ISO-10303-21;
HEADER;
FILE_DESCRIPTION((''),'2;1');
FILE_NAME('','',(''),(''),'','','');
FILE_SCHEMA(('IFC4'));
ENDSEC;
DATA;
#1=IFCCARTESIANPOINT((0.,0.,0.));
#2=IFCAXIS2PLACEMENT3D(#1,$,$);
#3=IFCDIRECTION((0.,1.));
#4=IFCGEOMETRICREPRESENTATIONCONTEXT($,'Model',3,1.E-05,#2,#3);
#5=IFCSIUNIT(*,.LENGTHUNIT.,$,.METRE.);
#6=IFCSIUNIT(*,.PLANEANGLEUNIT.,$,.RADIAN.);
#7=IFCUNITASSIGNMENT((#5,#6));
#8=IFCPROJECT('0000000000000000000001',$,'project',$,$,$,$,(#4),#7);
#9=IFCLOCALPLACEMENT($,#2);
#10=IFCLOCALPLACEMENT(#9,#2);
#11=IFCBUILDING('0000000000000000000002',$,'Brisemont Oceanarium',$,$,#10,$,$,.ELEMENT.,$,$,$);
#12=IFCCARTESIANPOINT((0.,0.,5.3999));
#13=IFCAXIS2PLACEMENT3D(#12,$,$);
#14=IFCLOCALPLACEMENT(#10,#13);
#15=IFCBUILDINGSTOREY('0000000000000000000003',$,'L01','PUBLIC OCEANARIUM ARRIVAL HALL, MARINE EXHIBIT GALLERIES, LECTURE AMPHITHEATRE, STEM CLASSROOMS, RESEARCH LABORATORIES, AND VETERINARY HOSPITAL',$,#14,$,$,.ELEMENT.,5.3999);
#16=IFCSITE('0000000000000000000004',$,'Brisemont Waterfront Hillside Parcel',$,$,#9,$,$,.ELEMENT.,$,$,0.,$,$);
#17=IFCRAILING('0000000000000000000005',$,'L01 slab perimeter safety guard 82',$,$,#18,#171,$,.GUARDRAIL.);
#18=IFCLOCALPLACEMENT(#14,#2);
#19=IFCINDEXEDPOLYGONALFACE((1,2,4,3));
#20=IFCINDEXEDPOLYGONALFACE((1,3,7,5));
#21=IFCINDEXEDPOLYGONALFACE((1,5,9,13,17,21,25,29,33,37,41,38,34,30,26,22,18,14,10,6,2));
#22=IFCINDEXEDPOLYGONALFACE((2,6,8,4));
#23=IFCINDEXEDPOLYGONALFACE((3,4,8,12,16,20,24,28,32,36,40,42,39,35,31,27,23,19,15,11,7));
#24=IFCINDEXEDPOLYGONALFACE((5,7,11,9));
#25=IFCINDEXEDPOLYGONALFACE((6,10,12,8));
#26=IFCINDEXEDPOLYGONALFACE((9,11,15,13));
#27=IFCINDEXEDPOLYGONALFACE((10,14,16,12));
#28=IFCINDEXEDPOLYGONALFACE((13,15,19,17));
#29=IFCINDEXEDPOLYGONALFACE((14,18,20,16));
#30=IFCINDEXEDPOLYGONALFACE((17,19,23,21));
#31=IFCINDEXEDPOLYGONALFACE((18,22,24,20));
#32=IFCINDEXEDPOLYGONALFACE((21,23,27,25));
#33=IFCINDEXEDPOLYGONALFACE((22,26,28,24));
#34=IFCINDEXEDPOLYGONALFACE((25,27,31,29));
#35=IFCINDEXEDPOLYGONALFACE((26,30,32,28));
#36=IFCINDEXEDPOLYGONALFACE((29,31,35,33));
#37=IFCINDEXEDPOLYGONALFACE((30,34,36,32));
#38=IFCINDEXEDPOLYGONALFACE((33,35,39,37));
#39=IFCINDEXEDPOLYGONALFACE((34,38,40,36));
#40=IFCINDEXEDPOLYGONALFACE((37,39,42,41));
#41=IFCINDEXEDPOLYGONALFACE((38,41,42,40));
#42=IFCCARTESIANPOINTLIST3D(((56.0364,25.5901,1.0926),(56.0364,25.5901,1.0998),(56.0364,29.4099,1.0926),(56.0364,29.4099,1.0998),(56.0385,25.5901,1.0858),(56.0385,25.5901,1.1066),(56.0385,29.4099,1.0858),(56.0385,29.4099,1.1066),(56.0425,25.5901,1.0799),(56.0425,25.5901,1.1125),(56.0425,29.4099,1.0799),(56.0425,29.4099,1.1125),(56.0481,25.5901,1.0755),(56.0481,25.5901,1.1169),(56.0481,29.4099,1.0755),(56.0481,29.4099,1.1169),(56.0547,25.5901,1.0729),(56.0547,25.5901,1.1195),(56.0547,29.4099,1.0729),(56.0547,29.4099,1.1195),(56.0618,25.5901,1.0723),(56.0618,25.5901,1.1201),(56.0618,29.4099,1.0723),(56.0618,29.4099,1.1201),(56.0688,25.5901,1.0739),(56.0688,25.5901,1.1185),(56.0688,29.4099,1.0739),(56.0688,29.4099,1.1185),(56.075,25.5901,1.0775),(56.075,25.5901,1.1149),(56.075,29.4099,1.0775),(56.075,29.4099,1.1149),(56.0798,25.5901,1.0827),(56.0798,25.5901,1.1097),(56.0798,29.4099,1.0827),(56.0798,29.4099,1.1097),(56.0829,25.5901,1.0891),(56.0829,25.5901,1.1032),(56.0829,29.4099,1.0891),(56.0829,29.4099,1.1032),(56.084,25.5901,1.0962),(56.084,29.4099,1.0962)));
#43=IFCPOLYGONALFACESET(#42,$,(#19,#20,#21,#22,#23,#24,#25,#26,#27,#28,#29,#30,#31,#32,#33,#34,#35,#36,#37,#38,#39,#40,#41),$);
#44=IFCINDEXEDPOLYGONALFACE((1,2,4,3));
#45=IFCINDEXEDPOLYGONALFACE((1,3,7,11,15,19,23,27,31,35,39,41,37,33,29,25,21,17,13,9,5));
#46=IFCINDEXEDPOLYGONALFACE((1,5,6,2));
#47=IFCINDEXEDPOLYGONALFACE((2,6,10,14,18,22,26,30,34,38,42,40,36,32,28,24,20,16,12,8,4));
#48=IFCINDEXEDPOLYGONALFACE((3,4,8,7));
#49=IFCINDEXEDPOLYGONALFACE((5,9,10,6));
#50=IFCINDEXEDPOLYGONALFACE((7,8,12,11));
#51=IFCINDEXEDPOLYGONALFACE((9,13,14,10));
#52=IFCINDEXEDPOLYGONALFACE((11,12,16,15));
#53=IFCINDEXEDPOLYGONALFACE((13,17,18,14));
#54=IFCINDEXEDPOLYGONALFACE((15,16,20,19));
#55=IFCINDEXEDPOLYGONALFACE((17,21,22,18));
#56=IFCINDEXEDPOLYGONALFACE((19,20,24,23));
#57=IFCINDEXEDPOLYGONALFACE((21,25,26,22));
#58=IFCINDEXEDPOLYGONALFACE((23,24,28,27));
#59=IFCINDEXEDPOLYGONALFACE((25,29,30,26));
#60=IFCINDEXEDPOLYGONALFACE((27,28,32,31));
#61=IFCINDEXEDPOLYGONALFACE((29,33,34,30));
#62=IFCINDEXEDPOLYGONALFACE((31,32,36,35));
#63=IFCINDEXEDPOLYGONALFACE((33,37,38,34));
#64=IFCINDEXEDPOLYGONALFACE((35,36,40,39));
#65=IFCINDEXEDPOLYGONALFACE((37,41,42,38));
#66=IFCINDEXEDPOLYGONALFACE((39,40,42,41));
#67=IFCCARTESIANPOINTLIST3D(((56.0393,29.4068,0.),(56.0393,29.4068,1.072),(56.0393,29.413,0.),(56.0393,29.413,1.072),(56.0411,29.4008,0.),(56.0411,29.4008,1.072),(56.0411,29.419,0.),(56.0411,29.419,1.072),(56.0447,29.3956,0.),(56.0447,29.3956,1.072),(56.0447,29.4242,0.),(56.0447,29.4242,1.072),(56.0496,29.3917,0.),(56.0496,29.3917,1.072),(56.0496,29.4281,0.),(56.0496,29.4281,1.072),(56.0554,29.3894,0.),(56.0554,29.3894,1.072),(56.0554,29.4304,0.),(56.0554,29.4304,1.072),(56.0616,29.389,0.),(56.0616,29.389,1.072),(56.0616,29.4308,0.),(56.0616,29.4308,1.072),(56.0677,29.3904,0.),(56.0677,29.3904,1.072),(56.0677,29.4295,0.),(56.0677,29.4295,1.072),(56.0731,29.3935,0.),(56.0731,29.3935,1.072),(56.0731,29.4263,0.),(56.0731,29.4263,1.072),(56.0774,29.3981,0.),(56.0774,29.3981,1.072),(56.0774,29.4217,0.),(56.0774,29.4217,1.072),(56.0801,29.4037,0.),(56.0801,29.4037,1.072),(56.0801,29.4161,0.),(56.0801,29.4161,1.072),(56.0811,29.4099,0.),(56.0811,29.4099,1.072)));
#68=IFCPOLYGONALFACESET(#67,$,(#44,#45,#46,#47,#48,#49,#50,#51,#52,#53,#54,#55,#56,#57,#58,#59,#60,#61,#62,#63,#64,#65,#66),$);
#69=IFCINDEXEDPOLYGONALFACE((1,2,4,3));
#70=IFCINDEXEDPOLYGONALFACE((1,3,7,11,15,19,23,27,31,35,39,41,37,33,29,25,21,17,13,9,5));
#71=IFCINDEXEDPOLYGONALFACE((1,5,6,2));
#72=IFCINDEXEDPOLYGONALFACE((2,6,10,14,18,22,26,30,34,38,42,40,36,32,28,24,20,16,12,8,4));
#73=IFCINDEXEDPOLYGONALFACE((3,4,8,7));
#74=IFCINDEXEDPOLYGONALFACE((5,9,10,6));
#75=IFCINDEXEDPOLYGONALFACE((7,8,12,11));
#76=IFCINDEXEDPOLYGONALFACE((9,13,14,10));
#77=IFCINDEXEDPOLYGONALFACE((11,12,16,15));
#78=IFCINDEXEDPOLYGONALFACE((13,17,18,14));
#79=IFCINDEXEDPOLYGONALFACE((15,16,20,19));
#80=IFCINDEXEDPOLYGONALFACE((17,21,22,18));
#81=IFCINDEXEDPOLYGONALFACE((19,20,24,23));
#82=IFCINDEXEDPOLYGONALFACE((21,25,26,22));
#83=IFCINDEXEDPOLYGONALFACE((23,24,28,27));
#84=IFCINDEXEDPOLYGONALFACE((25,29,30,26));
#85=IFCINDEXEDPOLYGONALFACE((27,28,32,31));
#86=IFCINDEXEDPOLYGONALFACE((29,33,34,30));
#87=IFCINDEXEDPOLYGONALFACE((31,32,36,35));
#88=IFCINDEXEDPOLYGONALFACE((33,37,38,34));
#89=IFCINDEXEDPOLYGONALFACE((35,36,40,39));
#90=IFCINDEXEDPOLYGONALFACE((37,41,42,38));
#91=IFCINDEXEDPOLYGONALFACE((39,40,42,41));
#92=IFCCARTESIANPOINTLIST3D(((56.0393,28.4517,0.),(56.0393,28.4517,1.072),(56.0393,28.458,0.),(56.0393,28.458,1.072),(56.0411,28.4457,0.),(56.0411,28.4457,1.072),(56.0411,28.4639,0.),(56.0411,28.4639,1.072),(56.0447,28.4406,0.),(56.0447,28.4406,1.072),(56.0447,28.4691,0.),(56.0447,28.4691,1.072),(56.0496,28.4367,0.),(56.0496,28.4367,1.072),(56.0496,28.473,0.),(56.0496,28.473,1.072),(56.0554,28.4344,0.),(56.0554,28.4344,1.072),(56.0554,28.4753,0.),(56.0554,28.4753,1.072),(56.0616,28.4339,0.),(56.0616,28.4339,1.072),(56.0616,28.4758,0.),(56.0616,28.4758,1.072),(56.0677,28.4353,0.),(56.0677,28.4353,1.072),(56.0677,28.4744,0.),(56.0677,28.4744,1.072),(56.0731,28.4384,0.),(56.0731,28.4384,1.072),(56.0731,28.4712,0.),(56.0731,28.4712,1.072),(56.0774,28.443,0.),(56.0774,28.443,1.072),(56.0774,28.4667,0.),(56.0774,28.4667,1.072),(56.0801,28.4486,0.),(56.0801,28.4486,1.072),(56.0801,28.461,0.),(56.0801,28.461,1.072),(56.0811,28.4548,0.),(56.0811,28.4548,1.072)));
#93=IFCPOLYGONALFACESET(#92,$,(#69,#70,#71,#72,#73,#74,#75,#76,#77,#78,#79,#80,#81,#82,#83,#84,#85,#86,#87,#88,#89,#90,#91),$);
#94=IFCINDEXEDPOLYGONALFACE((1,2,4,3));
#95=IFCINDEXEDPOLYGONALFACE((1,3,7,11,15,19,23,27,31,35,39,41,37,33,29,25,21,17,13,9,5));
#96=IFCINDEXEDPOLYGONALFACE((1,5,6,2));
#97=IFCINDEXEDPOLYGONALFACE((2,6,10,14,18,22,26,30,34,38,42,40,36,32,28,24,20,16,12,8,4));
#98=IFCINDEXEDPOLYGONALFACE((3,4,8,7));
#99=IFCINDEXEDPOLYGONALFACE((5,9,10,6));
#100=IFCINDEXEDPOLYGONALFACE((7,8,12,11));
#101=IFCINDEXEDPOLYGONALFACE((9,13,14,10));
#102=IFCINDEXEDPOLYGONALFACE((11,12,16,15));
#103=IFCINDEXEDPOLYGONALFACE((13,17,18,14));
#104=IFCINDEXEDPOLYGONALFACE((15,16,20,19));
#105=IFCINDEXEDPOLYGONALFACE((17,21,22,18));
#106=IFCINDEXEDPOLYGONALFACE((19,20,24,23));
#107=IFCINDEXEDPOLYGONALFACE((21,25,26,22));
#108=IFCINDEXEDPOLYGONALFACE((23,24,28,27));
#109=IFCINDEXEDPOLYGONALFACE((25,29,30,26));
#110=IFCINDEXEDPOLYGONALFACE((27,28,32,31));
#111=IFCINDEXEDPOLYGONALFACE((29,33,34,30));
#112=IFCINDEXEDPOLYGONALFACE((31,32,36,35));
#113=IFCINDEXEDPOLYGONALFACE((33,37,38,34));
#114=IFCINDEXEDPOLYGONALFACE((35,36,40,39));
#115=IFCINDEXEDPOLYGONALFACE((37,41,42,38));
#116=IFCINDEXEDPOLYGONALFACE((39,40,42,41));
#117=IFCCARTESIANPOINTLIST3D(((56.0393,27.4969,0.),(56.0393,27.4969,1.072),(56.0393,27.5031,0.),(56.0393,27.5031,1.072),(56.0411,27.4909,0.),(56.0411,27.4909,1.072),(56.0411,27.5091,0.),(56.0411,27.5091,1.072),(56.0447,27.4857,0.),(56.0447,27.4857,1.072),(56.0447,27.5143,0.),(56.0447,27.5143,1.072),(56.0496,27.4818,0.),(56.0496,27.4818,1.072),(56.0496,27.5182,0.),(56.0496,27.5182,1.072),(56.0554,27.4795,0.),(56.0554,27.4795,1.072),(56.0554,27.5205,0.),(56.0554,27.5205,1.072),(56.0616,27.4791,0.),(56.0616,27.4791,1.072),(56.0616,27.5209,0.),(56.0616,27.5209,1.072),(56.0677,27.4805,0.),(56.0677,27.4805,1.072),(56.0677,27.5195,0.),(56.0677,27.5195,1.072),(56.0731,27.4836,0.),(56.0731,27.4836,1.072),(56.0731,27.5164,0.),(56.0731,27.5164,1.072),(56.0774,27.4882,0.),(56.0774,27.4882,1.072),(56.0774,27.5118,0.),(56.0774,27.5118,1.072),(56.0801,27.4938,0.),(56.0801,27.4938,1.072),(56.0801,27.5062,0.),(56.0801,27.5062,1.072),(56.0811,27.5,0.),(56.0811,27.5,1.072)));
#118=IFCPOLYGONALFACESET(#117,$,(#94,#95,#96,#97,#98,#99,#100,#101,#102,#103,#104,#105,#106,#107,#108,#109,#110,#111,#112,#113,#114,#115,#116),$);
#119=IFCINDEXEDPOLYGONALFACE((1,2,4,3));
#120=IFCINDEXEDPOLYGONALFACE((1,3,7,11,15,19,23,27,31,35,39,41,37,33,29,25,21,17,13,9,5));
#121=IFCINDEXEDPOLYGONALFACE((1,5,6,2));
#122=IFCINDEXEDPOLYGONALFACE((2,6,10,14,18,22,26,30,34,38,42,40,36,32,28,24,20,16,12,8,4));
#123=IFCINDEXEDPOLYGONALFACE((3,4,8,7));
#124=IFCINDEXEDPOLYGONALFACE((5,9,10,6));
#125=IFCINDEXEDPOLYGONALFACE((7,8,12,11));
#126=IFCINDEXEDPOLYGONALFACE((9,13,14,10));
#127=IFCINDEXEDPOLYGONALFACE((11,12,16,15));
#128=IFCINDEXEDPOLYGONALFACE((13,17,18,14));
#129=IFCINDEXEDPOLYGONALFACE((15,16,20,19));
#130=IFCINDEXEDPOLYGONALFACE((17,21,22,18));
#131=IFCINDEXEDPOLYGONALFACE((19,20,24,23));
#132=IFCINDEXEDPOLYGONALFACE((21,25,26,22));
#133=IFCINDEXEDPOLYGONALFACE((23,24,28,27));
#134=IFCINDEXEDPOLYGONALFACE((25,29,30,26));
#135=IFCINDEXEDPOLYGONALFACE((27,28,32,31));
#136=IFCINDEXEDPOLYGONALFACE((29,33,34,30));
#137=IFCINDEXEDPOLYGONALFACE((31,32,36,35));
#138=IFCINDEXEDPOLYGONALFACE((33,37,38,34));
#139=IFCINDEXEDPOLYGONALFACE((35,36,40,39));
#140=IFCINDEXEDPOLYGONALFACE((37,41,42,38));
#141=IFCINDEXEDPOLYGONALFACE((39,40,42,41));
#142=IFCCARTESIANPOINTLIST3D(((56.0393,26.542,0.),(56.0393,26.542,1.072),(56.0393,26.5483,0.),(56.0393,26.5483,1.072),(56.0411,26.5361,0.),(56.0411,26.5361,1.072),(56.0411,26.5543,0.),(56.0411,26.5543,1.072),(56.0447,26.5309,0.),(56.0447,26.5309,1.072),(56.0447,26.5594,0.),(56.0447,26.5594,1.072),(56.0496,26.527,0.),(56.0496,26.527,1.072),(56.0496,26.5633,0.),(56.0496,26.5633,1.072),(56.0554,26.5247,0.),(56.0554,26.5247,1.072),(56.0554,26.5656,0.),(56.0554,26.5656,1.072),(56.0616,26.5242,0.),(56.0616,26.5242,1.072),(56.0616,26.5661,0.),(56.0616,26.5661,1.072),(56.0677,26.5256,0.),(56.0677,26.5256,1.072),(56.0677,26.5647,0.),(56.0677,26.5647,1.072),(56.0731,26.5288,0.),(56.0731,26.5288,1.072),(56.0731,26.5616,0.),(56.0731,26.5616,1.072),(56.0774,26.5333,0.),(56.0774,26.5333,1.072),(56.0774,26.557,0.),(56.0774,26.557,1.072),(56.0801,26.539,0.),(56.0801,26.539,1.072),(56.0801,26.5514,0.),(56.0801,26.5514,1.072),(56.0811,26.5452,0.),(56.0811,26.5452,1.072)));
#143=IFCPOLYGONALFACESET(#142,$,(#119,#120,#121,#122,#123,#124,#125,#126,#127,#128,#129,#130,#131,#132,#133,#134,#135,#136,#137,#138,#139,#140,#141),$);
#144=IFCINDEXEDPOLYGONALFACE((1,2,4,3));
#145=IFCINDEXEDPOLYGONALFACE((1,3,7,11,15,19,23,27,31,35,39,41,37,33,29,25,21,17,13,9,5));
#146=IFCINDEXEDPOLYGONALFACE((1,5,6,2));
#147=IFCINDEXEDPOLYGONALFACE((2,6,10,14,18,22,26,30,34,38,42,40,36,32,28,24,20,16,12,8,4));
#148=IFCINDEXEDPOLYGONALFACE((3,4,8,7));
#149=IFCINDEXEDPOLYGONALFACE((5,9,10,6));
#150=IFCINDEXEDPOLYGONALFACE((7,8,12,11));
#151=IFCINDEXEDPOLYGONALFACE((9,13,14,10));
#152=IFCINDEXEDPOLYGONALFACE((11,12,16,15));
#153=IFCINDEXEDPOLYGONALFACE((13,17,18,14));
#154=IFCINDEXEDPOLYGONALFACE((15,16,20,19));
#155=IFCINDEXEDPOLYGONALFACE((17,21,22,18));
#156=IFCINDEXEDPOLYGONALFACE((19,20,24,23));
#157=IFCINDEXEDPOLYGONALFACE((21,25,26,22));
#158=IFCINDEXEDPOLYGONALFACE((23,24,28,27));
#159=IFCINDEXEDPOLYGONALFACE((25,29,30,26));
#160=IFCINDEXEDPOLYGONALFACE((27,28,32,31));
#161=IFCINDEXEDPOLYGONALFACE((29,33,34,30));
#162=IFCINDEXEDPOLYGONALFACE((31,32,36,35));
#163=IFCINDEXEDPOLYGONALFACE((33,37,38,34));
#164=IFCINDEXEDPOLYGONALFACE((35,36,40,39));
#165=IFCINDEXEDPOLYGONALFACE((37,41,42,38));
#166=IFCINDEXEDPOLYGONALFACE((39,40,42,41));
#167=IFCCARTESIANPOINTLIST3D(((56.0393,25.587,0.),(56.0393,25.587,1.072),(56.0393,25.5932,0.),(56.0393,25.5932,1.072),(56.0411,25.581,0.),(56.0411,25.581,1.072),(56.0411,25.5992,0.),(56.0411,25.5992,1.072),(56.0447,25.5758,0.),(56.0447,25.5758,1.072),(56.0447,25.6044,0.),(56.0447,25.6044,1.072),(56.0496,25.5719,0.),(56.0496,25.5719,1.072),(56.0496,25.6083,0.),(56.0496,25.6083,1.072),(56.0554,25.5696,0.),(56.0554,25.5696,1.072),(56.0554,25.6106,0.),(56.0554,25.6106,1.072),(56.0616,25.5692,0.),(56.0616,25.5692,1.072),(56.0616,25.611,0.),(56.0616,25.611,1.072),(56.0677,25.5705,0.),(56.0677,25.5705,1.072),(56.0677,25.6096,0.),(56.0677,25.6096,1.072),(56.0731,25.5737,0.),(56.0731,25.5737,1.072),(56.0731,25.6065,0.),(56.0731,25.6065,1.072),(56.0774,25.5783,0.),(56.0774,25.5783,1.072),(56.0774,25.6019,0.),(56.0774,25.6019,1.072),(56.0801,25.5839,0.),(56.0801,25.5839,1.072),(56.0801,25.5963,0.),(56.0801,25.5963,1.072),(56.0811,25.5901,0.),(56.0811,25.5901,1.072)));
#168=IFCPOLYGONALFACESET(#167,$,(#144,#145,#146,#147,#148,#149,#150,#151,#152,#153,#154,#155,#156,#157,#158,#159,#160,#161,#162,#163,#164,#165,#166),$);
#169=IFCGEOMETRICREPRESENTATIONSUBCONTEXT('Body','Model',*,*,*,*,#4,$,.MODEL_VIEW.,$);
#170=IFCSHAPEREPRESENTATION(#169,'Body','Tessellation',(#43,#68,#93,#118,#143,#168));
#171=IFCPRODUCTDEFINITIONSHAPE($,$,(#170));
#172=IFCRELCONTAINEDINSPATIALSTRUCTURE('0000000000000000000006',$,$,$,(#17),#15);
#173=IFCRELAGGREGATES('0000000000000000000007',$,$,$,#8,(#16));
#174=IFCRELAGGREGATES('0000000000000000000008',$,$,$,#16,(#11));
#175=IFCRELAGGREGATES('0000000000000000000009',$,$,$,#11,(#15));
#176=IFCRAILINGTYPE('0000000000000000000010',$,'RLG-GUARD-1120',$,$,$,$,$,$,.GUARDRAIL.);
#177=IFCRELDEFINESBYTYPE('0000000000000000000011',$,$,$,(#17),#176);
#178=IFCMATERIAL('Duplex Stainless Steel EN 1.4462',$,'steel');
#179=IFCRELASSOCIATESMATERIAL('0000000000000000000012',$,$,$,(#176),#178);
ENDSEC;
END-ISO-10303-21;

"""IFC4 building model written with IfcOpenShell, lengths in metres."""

from ifc_helpers import new_model, si_unit, direction, frame, origin, origin_2d, place, context, subcontext, project, spatial, circle, extrude, material, type_object, element, save


model = new_model("IFC4")

# Units and contexts
model_context = context("Model", 3, precision=1e-05, world=origin(), true_north=direction((0.0, 1.0)))
body_context = subcontext(model_context, "Body", "Model", "MODEL_VIEW")
ifc_project = project(units=[si_unit("LENGTHUNIT", "METRE"), si_unit("PLANEANGLEUNIT", "RADIAN")], contexts=[model_context])

# Site, building, storey
site_placement = place(None, origin())
site = spatial("IfcSite", under=ifc_project, at=site_placement, Name="Brisemont Waterfront Hillside Parcel", CompositionType="ELEMENT", RefElevation=0.0)
building_placement = place(site_placement, origin())
building = spatial("IfcBuilding", under=site, at=building_placement, Name="Brisemont Oceanarium", CompositionType="ELEMENT")
storey_placement = place(building_placement, frame((0.0, 0.0, 5.3999)))
storey = spatial("IfcBuildingStorey", under=building, at=storey_placement, Name="L01", Description="PUBLIC OCEANARIUM ARRIVAL HALL, MARINE EXHIBIT GALLERIES, LECTURE AMPHITHEATRE, STEM CLASSROOMS, RESEARCH LABORATORIES, AND VETERINARY HOSPITAL", CompositionType="ELEMENT", Elevation=5.3999)

# Railing
ifc_material_1 = material(Name="Duplex Stainless Steel EN 1.4462", Category="steel")
railing_type_1 = type_object("IfcRailingType", Name="RLG-GUARD-1120", PredefinedType="GUARDRAIL", material=ifc_material_1)
railing_1_placement = place(storey_placement, frame((56.0601, 29.4099, 0.0)))
element("IfcRailing", 1, at=railing_1_placement, inside=storey, type_object=railing_type_1, Name="L01 slab perimeter safety guard 82", PredefinedType="GUARDRAIL", context=body_context, shape_type="SweptSolid", body=[
    extrude(circle(Radius=0.0239, at=origin_2d()), frame((0.0, 0.0, 1.0962), z_axis=(0.0, -1.0, 0.0), x_axis=(1.0, 0.0, 0.0)), (0.0, 0.0, 1.0), 3.8198),
    extrude(circle(Radius=0.021, at=origin_2d()), origin(), (0.0, 0.0, 1.0), 1.072),
    extrude(circle(Radius=0.021, at=origin_2d()), frame((0.0, -0.9551, 0.0)), (0.0, 0.0, 1.0), 1.072),
    extrude(circle(Radius=0.021, at=origin_2d()), frame((0.0, -1.9099, 0.0)), (0.0, 0.0, 1.0), 1.072),
    extrude(circle(Radius=0.021, at=origin_2d()), frame((0.0, -2.8647, 0.0)), (0.0, 0.0, 1.0), 1.072),
    extrude(circle(Radius=0.021, at=origin_2d()), frame((0.0, -3.8198, 0.0)), (0.0, 0.0, 1.0), 1.072),
])

save(model, "model.ifc")
